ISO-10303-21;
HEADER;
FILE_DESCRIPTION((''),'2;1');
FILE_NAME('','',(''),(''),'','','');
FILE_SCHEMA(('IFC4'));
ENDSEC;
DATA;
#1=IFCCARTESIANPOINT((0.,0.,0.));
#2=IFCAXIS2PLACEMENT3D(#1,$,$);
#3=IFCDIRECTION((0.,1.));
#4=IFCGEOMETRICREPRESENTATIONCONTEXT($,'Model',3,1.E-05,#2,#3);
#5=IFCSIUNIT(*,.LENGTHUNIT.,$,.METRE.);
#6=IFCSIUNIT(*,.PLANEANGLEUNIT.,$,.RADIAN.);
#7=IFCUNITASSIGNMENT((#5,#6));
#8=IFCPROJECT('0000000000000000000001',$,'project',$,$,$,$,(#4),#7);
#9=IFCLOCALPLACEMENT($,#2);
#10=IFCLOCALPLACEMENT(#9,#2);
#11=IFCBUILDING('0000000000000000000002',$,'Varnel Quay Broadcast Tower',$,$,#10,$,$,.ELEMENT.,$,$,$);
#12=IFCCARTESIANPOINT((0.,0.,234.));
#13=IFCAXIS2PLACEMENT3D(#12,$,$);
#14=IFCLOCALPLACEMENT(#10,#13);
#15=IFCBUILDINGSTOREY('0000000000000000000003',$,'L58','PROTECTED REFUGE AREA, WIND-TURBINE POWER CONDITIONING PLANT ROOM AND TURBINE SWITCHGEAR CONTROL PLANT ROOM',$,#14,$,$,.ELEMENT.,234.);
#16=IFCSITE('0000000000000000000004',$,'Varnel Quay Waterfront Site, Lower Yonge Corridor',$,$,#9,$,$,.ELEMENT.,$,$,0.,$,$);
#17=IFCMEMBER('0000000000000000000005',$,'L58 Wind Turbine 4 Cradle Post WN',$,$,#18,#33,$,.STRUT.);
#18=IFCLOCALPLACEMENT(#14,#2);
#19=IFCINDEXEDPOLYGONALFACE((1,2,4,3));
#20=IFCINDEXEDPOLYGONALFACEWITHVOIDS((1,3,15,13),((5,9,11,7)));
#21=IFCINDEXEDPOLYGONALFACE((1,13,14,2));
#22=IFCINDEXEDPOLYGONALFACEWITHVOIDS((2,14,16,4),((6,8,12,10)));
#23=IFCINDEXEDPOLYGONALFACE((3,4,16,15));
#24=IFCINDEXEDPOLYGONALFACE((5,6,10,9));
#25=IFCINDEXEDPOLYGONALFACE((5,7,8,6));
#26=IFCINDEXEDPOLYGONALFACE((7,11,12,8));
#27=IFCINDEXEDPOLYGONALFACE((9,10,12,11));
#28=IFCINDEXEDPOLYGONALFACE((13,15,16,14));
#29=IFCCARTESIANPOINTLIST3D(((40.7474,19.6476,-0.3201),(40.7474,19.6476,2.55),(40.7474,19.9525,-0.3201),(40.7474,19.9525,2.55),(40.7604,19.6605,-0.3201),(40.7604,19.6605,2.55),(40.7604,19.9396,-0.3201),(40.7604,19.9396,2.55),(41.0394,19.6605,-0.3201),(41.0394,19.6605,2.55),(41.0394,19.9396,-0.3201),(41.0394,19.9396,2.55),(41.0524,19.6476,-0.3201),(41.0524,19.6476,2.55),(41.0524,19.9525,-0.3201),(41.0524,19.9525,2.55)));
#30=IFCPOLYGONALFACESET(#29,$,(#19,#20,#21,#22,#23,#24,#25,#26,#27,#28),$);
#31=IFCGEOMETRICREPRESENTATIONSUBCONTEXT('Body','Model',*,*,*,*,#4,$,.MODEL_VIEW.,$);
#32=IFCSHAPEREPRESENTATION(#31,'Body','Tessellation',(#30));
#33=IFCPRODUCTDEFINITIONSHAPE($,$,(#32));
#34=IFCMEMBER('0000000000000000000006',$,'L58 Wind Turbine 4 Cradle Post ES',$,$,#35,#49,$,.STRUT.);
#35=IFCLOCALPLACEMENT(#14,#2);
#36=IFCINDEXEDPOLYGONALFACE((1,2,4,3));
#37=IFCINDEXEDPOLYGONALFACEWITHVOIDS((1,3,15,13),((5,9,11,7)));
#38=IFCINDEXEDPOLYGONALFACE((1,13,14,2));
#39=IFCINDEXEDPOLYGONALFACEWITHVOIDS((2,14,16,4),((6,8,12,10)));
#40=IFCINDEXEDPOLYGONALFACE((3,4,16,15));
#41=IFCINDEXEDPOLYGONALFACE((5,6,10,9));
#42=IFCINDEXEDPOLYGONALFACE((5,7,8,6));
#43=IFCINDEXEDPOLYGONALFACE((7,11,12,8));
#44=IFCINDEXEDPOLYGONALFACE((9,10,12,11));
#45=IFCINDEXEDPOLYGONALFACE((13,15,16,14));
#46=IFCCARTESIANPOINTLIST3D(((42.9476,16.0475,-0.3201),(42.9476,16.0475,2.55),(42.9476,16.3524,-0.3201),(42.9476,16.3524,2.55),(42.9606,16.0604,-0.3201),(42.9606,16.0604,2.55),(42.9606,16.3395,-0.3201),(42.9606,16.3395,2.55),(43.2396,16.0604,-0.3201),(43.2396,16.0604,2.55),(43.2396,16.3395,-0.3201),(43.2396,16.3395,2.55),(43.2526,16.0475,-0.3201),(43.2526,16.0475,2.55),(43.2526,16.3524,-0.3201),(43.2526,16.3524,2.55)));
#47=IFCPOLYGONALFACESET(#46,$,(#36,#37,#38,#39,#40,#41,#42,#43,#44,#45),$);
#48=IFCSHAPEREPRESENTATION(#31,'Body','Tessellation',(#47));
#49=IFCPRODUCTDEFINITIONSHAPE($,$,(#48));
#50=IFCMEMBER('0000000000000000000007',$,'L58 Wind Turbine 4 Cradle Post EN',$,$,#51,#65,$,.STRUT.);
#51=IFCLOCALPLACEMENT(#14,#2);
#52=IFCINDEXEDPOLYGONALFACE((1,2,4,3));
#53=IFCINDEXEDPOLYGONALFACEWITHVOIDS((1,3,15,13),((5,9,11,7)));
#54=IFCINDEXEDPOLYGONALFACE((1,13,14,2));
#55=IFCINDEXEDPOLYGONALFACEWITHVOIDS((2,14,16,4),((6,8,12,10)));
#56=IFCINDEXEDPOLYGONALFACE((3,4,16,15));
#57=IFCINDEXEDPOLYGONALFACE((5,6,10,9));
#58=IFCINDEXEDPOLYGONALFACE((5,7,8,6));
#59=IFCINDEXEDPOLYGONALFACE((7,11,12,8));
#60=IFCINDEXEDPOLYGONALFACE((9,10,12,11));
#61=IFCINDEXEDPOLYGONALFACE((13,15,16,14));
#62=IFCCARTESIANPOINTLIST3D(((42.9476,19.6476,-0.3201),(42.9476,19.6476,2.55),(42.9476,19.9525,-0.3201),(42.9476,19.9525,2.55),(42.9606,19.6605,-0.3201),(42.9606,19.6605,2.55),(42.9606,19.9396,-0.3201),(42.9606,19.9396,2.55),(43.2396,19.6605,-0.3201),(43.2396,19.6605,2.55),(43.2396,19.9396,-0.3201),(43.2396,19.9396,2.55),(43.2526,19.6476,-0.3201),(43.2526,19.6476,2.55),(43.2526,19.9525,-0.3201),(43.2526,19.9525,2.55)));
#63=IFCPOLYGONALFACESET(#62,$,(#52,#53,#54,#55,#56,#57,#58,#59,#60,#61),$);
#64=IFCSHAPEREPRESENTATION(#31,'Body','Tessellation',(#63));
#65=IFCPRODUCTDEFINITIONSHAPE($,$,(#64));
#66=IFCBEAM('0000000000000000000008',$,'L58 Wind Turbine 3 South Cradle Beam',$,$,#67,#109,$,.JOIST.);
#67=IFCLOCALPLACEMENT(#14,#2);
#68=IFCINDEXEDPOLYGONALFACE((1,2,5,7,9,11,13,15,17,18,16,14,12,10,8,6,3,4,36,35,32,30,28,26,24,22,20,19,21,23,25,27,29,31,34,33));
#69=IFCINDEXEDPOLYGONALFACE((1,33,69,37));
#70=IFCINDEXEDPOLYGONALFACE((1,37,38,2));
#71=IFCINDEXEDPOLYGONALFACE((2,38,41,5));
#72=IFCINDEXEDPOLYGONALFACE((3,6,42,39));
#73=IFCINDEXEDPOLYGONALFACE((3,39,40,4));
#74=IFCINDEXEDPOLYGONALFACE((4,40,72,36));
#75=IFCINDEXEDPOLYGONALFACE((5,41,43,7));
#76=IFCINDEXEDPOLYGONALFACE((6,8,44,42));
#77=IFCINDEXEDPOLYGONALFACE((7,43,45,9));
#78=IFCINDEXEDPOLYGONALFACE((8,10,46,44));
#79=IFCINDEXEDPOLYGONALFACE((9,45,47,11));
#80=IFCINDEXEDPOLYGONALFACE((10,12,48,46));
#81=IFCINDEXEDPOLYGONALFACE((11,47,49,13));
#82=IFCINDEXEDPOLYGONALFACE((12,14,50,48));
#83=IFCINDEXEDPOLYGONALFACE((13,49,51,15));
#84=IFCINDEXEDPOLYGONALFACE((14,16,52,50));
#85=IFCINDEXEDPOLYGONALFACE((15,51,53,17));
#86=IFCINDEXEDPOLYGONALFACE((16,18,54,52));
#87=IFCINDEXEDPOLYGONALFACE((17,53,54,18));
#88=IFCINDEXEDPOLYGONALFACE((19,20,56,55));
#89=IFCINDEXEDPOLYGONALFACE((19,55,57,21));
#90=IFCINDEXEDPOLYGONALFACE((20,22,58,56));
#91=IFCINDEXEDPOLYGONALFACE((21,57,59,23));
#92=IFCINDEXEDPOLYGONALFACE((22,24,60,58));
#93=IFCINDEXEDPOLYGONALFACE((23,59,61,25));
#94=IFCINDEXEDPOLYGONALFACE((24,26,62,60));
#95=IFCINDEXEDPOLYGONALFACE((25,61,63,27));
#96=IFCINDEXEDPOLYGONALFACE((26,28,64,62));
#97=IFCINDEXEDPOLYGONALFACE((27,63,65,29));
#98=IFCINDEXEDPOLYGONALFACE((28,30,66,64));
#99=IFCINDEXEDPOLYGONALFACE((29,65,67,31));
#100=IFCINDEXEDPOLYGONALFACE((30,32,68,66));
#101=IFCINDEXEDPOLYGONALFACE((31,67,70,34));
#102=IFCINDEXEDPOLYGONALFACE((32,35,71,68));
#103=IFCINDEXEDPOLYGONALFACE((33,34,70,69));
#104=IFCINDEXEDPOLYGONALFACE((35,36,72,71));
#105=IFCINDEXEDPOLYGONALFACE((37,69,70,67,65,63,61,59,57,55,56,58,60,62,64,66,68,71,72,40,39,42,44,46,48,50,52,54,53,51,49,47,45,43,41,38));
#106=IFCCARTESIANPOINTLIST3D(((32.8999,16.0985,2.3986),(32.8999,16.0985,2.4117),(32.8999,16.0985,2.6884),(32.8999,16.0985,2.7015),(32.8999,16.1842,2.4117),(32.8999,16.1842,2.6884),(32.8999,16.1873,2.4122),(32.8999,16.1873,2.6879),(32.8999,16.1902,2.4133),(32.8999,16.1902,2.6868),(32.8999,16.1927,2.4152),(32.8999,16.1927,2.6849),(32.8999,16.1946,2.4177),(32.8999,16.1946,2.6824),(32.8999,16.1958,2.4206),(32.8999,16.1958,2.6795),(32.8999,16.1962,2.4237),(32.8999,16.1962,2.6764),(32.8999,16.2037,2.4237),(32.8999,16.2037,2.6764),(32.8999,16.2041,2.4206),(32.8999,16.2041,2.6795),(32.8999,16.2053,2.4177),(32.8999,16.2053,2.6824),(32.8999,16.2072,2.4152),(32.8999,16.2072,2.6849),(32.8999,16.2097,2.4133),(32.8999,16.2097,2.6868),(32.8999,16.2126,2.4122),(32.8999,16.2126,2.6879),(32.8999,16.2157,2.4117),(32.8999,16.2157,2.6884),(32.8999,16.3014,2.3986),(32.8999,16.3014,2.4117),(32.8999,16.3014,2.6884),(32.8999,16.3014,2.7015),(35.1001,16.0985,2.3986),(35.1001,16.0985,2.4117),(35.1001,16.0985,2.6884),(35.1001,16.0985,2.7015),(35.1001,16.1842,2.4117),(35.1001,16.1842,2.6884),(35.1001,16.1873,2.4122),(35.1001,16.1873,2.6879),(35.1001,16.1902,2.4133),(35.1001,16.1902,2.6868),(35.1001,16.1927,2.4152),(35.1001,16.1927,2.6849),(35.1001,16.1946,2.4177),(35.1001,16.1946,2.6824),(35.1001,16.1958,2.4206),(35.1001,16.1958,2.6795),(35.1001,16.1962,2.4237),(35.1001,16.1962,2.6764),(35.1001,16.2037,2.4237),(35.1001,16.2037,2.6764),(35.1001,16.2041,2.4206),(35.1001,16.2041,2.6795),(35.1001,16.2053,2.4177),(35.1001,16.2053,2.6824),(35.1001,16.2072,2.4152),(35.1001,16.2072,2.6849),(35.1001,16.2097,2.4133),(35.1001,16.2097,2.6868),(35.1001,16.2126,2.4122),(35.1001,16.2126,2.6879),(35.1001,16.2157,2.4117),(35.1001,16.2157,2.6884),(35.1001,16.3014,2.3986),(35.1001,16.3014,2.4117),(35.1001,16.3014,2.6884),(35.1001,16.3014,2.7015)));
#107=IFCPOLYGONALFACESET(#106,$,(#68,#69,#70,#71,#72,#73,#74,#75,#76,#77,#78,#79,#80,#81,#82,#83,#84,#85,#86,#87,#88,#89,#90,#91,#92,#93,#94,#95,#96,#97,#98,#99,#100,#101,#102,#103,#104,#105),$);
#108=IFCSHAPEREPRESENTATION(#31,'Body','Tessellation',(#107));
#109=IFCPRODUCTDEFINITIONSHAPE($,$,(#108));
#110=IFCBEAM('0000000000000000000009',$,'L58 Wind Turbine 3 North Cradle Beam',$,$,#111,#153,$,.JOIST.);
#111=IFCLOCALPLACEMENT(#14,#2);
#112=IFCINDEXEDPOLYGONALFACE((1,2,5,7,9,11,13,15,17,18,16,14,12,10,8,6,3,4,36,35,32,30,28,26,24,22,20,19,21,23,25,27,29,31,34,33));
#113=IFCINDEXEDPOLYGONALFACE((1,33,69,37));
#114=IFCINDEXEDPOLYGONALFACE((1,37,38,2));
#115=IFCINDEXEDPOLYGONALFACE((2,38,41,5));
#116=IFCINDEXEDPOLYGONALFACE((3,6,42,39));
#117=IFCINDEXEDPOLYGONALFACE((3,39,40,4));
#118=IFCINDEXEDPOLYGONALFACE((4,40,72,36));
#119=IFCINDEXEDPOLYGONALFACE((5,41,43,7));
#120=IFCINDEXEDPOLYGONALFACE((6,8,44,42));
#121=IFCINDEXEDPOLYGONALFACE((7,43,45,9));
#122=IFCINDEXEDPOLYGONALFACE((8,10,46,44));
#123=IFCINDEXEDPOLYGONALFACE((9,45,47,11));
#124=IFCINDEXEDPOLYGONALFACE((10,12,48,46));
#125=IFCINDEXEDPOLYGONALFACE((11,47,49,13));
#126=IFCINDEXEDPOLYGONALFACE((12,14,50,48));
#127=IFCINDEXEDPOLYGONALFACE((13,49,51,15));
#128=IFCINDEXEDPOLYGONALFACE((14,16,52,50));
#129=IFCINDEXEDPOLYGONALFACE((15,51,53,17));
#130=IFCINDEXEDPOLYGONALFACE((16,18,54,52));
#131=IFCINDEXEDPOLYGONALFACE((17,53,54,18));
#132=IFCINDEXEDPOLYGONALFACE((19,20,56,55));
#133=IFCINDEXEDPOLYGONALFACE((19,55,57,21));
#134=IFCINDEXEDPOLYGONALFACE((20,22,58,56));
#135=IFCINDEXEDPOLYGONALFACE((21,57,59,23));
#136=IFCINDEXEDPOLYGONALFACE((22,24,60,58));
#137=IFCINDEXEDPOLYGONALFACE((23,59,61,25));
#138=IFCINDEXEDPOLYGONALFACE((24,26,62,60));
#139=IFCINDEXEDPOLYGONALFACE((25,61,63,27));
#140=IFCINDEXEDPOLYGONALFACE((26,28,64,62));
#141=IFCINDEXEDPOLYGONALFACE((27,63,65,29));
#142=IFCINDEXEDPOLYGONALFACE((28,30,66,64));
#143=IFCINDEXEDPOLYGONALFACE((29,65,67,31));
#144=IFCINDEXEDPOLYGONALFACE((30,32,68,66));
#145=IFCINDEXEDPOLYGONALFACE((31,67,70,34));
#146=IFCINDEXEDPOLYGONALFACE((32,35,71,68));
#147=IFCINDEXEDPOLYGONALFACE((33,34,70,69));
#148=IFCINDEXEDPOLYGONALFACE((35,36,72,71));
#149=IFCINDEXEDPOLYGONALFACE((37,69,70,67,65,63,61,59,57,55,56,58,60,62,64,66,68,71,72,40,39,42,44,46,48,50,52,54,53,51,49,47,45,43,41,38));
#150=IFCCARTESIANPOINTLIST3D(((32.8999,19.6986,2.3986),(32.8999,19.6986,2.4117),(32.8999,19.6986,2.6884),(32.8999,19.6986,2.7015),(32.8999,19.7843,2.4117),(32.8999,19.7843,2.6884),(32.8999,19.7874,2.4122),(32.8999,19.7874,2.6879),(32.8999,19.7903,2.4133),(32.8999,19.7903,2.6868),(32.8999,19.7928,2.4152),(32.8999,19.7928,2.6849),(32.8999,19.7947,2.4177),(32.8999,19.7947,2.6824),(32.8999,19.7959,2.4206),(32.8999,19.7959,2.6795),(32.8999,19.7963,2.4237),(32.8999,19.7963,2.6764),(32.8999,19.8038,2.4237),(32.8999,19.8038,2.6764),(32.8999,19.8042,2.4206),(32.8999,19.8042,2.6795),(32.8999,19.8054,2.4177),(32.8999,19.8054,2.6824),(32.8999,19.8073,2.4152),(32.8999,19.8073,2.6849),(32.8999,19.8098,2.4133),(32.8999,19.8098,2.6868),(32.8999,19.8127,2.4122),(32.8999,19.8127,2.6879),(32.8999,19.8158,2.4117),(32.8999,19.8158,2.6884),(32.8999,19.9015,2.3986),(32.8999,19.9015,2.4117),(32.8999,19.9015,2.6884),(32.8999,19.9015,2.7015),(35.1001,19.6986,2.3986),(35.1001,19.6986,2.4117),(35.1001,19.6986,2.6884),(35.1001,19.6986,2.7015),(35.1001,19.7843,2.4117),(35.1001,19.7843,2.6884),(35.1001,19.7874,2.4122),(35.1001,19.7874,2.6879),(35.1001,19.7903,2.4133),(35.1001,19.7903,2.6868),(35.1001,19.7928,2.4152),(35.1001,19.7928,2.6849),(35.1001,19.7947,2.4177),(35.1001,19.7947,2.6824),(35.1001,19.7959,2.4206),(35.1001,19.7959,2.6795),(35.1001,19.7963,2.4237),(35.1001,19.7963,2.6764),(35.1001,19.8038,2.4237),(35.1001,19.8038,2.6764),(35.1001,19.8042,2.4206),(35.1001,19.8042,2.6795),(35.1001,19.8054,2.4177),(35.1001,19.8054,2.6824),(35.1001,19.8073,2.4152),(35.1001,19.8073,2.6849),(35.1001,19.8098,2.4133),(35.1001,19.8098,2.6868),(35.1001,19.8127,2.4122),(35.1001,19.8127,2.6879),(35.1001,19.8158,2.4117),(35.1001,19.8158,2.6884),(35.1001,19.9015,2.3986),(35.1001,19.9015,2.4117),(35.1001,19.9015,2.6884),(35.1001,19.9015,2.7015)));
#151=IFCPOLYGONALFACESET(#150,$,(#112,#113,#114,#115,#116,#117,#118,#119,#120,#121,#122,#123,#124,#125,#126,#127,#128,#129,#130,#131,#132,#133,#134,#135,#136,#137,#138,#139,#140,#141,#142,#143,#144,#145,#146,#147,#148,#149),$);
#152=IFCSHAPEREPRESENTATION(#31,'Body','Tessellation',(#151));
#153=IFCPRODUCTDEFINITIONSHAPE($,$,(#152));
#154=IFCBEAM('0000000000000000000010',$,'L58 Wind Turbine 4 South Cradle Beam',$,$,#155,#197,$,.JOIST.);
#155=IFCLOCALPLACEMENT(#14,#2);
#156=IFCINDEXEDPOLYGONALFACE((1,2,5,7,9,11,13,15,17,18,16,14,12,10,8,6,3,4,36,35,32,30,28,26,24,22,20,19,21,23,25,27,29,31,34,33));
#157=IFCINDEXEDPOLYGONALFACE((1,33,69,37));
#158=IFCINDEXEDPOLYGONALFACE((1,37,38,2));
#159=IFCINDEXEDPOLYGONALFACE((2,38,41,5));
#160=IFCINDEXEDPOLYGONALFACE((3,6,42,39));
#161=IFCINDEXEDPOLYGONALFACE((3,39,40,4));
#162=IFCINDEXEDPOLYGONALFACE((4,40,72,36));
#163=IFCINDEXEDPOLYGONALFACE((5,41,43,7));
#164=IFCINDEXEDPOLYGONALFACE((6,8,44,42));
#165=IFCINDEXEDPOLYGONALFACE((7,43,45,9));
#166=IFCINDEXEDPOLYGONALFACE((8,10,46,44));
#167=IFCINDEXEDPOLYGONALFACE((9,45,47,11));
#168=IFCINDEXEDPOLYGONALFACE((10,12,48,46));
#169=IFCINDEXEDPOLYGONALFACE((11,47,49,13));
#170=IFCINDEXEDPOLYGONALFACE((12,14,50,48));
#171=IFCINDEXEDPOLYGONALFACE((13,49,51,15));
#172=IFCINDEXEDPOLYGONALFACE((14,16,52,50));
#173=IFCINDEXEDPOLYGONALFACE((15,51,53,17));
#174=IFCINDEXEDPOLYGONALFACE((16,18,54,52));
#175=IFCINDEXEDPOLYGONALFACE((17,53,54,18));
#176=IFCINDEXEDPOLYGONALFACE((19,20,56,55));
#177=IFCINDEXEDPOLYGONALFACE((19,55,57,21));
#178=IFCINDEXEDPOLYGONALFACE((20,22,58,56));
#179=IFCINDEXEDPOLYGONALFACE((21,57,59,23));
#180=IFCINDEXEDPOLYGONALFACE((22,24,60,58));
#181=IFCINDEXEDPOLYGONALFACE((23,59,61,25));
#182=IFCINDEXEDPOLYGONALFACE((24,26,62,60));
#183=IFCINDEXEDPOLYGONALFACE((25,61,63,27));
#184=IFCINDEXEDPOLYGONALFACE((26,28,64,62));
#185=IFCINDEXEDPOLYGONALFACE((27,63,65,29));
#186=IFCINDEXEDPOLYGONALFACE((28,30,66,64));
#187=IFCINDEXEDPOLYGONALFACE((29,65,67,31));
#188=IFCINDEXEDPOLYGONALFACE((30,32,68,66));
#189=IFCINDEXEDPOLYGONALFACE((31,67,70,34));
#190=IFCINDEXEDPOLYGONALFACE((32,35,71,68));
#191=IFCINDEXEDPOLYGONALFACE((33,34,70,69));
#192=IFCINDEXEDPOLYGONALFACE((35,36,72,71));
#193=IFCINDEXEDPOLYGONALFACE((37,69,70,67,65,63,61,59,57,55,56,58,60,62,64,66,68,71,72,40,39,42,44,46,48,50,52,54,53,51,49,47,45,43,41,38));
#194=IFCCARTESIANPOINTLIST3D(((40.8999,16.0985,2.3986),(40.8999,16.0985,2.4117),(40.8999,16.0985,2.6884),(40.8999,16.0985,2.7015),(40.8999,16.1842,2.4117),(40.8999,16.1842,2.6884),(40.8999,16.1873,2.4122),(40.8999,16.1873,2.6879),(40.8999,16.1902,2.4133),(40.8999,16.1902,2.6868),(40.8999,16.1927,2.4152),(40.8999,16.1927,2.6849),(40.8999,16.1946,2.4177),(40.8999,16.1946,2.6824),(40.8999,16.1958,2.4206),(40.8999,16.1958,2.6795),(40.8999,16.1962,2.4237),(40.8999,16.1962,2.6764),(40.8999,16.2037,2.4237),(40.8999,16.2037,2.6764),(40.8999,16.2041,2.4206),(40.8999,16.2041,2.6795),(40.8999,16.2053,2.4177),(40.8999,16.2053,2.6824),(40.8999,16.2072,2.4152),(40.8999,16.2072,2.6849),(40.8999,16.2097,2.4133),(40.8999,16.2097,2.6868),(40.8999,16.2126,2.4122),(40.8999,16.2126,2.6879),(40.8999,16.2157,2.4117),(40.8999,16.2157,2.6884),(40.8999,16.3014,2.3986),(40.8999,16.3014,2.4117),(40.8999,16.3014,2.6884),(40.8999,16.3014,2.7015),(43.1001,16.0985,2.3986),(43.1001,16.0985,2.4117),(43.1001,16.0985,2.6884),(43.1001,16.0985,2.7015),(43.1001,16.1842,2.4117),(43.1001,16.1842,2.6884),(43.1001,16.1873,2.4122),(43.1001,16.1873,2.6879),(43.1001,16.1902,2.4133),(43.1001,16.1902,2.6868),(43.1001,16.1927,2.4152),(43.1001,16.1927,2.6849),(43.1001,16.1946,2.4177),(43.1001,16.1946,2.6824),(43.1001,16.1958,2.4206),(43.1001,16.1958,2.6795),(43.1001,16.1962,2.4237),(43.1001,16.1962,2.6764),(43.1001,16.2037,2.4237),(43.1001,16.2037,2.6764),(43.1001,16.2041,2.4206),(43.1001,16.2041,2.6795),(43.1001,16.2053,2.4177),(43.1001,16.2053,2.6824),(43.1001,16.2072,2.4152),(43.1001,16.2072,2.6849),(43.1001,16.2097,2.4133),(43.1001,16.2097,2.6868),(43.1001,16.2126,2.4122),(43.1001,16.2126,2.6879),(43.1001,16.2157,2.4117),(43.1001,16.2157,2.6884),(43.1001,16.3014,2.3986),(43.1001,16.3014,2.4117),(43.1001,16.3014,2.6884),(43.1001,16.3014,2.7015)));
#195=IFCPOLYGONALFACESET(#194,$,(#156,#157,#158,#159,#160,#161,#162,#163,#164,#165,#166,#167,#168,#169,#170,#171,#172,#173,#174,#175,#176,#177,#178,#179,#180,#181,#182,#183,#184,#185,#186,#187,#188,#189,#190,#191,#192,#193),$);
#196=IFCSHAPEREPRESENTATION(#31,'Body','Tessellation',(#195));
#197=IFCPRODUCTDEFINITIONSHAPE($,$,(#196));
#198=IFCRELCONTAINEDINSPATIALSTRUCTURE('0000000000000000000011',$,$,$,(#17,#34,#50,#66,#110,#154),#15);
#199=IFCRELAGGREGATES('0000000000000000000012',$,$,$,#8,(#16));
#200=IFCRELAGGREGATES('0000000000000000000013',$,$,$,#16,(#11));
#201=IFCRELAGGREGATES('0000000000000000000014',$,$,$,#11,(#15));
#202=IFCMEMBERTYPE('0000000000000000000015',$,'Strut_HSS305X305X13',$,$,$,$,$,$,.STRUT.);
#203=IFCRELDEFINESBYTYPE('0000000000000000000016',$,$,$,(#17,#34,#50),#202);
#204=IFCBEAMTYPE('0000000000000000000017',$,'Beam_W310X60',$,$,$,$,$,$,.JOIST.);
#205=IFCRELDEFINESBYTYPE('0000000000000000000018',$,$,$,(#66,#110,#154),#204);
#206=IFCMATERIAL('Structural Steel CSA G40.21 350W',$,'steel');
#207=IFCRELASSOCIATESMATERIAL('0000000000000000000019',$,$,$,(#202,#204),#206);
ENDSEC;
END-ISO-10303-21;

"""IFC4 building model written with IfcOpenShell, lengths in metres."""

from ifc_helpers import new_model, si_unit, direction, frame, origin, origin_2d, place, context, subcontext, project, spatial, hollow_rectangle, i_section, extrude, source, transform, mapped, material, material_profile, profile_set, type_object, type_shapes, element, save


model = new_model("IFC4")

# Units and contexts
model_context = context("Model", 3, precision=1e-05, world=origin(), true_north=direction((0.0, 1.0)))
body_context = subcontext(model_context, "Body", "Model", "MODEL_VIEW")
ifc_project = project(units=[si_unit("LENGTHUNIT", "METRE"), si_unit("PLANEANGLEUNIT", "RADIAN")], contexts=[model_context])

# Site, building, storey
site_placement = place(None, origin())
site = spatial("IfcSite", under=ifc_project, at=site_placement, Name="Varnel Quay Waterfront Site, Lower Yonge Corridor", CompositionType="ELEMENT", RefElevation=0.0)
building_placement = place(site_placement, origin())
building = spatial("IfcBuilding", under=site, at=building_placement, Name="Varnel Quay Broadcast Tower", CompositionType="ELEMENT")
storey_placement = place(building_placement, frame((0.0, 0.0, 234.0)))
storey = spatial("IfcBuildingStorey", under=building, at=storey_placement, Name="L58", Description="PROTECTED REFUGE AREA, WIND-TURBINE POWER CONDITIONING PLANT ROOM AND TURBINE SWITCHGEAR CONTROL PLANT ROOM", CompositionType="ELEMENT", Elevation=234.0)

# Shared definitions
ifc_material_1 = material(Name="Structural Steel CSA G40.21 350W", Category="steel")

# Members
ifc_material_profile_1 = material_profile(ifc_material_1, hollow_rectangle(XDim=0.3049, YDim=0.3049, WallThickness=0.0129, at=origin_2d()), Name="HSS305X305X13")
ifc_profile_set_1 = profile_set([ifc_material_profile_1], Name="Structural Steel CSA G40.21 350W")
member_type_1 = type_object("IfcMemberType", Name="Strut_HSS305X305X13", PredefinedType="STRUT", material=ifc_profile_set_1)
shared_shape_1 = source(origin(), body_context, "Body", "SweptSolid", [
    extrude(hollow_rectangle(XDim=0.3049, YDim=0.3049, WallThickness=0.0129, at=origin_2d()), origin(), (0.0, 0.0, 1.0), 2.8701),
])
type_shapes(member_type_1, [shared_shape_1])
for number, where, z_axis, x_axis, name in (
    (1, (40.8999, 19.8, -0.3201), (0.0, 0.0, 1.0), (1.0, 0.0, 0.0), "L58 Wind Turbine 4 Cradle Post WN"),
    (2, (43.1001, 16.2, -0.3201), (0.0, 0.0, 1.0), (1.0, 0.0, 0.0), "L58 Wind Turbine 4 Cradle Post ES"),
    (3, (43.1001, 19.8, -0.3201), (0.0, 0.0, 1.0), (1.0, 0.0, 0.0), "L58 Wind Turbine 4 Cradle Post EN"),
):
    element("IfcMember", number, at=place(storey_placement, frame(where, z_axis=z_axis, x_axis=x_axis)), inside=storey, type_object=member_type_1, Name=name, PredefinedType="STRUT", context=body_context, shape_type="MappedRepresentation", body=[
        mapped(shared_shape_1, transform((0.0, 0.0, 0.0), x_axis=(1.0, 0.0, 0.0), y_axis=(0.0, 1.0, 0.0), z_axis=(0.0, 0.0, 1.0), scale=1.0)),
    ])

# Beams
ifc_material_profile_2 = material_profile(ifc_material_1, i_section(OverallWidth=0.2029, OverallDepth=0.303, WebThickness=0.0076, FlangeThickness=0.0132, FilletRadius=0.012, at=origin_2d()), Name="W310X60")
ifc_profile_set_2 = profile_set([ifc_material_profile_2], Name="Structural Steel CSA G40.21 350W")
beam_type_1 = type_object("IfcBeamType", Name="Beam_W310X60", PredefinedType="JOIST", material=ifc_profile_set_2)
shared_shape_2 = source(origin(), body_context, "Body", "SweptSolid", [
    extrude(i_section(OverallWidth=0.2029, OverallDepth=0.303, WebThickness=0.0076, FlangeThickness=0.0132, FilletRadius=0.012, at=origin_2d()), origin(), (0.0, 0.0, 1.0), 2.2002),
])
type_shapes(beam_type_1, [shared_shape_2])
for number, where, z_axis, x_axis, name in (
    (4, (32.8999, 16.2, 2.55), (1.0, 0.0, 0.0), (0.0, 1.0, 0.0), "L58 Wind Turbine 3 South Cradle Beam"),
    (5, (32.8999, 19.8, 2.55), (1.0, 0.0, 0.0), (0.0, 1.0, 0.0), "L58 Wind Turbine 3 North Cradle Beam"),
    (6, (40.8999, 16.2, 2.55), (1.0, 0.0, 0.0), (0.0, 1.0, 0.0), "L58 Wind Turbine 4 South Cradle Beam"),
):
    element("IfcBeam", number, at=place(storey_placement, frame(where, z_axis=z_axis, x_axis=x_axis)), inside=storey, type_object=beam_type_1, Name=name, PredefinedType="JOIST", context=body_context, shape_type="MappedRepresentation", body=[
        mapped(shared_shape_2, transform((0.0, 0.0, 0.0), x_axis=(1.0, 0.0, 0.0), y_axis=(0.0, 1.0, 0.0), z_axis=(0.0, 0.0, 1.0), scale=1.0)),
    ])

save(model, "model.ifc")
